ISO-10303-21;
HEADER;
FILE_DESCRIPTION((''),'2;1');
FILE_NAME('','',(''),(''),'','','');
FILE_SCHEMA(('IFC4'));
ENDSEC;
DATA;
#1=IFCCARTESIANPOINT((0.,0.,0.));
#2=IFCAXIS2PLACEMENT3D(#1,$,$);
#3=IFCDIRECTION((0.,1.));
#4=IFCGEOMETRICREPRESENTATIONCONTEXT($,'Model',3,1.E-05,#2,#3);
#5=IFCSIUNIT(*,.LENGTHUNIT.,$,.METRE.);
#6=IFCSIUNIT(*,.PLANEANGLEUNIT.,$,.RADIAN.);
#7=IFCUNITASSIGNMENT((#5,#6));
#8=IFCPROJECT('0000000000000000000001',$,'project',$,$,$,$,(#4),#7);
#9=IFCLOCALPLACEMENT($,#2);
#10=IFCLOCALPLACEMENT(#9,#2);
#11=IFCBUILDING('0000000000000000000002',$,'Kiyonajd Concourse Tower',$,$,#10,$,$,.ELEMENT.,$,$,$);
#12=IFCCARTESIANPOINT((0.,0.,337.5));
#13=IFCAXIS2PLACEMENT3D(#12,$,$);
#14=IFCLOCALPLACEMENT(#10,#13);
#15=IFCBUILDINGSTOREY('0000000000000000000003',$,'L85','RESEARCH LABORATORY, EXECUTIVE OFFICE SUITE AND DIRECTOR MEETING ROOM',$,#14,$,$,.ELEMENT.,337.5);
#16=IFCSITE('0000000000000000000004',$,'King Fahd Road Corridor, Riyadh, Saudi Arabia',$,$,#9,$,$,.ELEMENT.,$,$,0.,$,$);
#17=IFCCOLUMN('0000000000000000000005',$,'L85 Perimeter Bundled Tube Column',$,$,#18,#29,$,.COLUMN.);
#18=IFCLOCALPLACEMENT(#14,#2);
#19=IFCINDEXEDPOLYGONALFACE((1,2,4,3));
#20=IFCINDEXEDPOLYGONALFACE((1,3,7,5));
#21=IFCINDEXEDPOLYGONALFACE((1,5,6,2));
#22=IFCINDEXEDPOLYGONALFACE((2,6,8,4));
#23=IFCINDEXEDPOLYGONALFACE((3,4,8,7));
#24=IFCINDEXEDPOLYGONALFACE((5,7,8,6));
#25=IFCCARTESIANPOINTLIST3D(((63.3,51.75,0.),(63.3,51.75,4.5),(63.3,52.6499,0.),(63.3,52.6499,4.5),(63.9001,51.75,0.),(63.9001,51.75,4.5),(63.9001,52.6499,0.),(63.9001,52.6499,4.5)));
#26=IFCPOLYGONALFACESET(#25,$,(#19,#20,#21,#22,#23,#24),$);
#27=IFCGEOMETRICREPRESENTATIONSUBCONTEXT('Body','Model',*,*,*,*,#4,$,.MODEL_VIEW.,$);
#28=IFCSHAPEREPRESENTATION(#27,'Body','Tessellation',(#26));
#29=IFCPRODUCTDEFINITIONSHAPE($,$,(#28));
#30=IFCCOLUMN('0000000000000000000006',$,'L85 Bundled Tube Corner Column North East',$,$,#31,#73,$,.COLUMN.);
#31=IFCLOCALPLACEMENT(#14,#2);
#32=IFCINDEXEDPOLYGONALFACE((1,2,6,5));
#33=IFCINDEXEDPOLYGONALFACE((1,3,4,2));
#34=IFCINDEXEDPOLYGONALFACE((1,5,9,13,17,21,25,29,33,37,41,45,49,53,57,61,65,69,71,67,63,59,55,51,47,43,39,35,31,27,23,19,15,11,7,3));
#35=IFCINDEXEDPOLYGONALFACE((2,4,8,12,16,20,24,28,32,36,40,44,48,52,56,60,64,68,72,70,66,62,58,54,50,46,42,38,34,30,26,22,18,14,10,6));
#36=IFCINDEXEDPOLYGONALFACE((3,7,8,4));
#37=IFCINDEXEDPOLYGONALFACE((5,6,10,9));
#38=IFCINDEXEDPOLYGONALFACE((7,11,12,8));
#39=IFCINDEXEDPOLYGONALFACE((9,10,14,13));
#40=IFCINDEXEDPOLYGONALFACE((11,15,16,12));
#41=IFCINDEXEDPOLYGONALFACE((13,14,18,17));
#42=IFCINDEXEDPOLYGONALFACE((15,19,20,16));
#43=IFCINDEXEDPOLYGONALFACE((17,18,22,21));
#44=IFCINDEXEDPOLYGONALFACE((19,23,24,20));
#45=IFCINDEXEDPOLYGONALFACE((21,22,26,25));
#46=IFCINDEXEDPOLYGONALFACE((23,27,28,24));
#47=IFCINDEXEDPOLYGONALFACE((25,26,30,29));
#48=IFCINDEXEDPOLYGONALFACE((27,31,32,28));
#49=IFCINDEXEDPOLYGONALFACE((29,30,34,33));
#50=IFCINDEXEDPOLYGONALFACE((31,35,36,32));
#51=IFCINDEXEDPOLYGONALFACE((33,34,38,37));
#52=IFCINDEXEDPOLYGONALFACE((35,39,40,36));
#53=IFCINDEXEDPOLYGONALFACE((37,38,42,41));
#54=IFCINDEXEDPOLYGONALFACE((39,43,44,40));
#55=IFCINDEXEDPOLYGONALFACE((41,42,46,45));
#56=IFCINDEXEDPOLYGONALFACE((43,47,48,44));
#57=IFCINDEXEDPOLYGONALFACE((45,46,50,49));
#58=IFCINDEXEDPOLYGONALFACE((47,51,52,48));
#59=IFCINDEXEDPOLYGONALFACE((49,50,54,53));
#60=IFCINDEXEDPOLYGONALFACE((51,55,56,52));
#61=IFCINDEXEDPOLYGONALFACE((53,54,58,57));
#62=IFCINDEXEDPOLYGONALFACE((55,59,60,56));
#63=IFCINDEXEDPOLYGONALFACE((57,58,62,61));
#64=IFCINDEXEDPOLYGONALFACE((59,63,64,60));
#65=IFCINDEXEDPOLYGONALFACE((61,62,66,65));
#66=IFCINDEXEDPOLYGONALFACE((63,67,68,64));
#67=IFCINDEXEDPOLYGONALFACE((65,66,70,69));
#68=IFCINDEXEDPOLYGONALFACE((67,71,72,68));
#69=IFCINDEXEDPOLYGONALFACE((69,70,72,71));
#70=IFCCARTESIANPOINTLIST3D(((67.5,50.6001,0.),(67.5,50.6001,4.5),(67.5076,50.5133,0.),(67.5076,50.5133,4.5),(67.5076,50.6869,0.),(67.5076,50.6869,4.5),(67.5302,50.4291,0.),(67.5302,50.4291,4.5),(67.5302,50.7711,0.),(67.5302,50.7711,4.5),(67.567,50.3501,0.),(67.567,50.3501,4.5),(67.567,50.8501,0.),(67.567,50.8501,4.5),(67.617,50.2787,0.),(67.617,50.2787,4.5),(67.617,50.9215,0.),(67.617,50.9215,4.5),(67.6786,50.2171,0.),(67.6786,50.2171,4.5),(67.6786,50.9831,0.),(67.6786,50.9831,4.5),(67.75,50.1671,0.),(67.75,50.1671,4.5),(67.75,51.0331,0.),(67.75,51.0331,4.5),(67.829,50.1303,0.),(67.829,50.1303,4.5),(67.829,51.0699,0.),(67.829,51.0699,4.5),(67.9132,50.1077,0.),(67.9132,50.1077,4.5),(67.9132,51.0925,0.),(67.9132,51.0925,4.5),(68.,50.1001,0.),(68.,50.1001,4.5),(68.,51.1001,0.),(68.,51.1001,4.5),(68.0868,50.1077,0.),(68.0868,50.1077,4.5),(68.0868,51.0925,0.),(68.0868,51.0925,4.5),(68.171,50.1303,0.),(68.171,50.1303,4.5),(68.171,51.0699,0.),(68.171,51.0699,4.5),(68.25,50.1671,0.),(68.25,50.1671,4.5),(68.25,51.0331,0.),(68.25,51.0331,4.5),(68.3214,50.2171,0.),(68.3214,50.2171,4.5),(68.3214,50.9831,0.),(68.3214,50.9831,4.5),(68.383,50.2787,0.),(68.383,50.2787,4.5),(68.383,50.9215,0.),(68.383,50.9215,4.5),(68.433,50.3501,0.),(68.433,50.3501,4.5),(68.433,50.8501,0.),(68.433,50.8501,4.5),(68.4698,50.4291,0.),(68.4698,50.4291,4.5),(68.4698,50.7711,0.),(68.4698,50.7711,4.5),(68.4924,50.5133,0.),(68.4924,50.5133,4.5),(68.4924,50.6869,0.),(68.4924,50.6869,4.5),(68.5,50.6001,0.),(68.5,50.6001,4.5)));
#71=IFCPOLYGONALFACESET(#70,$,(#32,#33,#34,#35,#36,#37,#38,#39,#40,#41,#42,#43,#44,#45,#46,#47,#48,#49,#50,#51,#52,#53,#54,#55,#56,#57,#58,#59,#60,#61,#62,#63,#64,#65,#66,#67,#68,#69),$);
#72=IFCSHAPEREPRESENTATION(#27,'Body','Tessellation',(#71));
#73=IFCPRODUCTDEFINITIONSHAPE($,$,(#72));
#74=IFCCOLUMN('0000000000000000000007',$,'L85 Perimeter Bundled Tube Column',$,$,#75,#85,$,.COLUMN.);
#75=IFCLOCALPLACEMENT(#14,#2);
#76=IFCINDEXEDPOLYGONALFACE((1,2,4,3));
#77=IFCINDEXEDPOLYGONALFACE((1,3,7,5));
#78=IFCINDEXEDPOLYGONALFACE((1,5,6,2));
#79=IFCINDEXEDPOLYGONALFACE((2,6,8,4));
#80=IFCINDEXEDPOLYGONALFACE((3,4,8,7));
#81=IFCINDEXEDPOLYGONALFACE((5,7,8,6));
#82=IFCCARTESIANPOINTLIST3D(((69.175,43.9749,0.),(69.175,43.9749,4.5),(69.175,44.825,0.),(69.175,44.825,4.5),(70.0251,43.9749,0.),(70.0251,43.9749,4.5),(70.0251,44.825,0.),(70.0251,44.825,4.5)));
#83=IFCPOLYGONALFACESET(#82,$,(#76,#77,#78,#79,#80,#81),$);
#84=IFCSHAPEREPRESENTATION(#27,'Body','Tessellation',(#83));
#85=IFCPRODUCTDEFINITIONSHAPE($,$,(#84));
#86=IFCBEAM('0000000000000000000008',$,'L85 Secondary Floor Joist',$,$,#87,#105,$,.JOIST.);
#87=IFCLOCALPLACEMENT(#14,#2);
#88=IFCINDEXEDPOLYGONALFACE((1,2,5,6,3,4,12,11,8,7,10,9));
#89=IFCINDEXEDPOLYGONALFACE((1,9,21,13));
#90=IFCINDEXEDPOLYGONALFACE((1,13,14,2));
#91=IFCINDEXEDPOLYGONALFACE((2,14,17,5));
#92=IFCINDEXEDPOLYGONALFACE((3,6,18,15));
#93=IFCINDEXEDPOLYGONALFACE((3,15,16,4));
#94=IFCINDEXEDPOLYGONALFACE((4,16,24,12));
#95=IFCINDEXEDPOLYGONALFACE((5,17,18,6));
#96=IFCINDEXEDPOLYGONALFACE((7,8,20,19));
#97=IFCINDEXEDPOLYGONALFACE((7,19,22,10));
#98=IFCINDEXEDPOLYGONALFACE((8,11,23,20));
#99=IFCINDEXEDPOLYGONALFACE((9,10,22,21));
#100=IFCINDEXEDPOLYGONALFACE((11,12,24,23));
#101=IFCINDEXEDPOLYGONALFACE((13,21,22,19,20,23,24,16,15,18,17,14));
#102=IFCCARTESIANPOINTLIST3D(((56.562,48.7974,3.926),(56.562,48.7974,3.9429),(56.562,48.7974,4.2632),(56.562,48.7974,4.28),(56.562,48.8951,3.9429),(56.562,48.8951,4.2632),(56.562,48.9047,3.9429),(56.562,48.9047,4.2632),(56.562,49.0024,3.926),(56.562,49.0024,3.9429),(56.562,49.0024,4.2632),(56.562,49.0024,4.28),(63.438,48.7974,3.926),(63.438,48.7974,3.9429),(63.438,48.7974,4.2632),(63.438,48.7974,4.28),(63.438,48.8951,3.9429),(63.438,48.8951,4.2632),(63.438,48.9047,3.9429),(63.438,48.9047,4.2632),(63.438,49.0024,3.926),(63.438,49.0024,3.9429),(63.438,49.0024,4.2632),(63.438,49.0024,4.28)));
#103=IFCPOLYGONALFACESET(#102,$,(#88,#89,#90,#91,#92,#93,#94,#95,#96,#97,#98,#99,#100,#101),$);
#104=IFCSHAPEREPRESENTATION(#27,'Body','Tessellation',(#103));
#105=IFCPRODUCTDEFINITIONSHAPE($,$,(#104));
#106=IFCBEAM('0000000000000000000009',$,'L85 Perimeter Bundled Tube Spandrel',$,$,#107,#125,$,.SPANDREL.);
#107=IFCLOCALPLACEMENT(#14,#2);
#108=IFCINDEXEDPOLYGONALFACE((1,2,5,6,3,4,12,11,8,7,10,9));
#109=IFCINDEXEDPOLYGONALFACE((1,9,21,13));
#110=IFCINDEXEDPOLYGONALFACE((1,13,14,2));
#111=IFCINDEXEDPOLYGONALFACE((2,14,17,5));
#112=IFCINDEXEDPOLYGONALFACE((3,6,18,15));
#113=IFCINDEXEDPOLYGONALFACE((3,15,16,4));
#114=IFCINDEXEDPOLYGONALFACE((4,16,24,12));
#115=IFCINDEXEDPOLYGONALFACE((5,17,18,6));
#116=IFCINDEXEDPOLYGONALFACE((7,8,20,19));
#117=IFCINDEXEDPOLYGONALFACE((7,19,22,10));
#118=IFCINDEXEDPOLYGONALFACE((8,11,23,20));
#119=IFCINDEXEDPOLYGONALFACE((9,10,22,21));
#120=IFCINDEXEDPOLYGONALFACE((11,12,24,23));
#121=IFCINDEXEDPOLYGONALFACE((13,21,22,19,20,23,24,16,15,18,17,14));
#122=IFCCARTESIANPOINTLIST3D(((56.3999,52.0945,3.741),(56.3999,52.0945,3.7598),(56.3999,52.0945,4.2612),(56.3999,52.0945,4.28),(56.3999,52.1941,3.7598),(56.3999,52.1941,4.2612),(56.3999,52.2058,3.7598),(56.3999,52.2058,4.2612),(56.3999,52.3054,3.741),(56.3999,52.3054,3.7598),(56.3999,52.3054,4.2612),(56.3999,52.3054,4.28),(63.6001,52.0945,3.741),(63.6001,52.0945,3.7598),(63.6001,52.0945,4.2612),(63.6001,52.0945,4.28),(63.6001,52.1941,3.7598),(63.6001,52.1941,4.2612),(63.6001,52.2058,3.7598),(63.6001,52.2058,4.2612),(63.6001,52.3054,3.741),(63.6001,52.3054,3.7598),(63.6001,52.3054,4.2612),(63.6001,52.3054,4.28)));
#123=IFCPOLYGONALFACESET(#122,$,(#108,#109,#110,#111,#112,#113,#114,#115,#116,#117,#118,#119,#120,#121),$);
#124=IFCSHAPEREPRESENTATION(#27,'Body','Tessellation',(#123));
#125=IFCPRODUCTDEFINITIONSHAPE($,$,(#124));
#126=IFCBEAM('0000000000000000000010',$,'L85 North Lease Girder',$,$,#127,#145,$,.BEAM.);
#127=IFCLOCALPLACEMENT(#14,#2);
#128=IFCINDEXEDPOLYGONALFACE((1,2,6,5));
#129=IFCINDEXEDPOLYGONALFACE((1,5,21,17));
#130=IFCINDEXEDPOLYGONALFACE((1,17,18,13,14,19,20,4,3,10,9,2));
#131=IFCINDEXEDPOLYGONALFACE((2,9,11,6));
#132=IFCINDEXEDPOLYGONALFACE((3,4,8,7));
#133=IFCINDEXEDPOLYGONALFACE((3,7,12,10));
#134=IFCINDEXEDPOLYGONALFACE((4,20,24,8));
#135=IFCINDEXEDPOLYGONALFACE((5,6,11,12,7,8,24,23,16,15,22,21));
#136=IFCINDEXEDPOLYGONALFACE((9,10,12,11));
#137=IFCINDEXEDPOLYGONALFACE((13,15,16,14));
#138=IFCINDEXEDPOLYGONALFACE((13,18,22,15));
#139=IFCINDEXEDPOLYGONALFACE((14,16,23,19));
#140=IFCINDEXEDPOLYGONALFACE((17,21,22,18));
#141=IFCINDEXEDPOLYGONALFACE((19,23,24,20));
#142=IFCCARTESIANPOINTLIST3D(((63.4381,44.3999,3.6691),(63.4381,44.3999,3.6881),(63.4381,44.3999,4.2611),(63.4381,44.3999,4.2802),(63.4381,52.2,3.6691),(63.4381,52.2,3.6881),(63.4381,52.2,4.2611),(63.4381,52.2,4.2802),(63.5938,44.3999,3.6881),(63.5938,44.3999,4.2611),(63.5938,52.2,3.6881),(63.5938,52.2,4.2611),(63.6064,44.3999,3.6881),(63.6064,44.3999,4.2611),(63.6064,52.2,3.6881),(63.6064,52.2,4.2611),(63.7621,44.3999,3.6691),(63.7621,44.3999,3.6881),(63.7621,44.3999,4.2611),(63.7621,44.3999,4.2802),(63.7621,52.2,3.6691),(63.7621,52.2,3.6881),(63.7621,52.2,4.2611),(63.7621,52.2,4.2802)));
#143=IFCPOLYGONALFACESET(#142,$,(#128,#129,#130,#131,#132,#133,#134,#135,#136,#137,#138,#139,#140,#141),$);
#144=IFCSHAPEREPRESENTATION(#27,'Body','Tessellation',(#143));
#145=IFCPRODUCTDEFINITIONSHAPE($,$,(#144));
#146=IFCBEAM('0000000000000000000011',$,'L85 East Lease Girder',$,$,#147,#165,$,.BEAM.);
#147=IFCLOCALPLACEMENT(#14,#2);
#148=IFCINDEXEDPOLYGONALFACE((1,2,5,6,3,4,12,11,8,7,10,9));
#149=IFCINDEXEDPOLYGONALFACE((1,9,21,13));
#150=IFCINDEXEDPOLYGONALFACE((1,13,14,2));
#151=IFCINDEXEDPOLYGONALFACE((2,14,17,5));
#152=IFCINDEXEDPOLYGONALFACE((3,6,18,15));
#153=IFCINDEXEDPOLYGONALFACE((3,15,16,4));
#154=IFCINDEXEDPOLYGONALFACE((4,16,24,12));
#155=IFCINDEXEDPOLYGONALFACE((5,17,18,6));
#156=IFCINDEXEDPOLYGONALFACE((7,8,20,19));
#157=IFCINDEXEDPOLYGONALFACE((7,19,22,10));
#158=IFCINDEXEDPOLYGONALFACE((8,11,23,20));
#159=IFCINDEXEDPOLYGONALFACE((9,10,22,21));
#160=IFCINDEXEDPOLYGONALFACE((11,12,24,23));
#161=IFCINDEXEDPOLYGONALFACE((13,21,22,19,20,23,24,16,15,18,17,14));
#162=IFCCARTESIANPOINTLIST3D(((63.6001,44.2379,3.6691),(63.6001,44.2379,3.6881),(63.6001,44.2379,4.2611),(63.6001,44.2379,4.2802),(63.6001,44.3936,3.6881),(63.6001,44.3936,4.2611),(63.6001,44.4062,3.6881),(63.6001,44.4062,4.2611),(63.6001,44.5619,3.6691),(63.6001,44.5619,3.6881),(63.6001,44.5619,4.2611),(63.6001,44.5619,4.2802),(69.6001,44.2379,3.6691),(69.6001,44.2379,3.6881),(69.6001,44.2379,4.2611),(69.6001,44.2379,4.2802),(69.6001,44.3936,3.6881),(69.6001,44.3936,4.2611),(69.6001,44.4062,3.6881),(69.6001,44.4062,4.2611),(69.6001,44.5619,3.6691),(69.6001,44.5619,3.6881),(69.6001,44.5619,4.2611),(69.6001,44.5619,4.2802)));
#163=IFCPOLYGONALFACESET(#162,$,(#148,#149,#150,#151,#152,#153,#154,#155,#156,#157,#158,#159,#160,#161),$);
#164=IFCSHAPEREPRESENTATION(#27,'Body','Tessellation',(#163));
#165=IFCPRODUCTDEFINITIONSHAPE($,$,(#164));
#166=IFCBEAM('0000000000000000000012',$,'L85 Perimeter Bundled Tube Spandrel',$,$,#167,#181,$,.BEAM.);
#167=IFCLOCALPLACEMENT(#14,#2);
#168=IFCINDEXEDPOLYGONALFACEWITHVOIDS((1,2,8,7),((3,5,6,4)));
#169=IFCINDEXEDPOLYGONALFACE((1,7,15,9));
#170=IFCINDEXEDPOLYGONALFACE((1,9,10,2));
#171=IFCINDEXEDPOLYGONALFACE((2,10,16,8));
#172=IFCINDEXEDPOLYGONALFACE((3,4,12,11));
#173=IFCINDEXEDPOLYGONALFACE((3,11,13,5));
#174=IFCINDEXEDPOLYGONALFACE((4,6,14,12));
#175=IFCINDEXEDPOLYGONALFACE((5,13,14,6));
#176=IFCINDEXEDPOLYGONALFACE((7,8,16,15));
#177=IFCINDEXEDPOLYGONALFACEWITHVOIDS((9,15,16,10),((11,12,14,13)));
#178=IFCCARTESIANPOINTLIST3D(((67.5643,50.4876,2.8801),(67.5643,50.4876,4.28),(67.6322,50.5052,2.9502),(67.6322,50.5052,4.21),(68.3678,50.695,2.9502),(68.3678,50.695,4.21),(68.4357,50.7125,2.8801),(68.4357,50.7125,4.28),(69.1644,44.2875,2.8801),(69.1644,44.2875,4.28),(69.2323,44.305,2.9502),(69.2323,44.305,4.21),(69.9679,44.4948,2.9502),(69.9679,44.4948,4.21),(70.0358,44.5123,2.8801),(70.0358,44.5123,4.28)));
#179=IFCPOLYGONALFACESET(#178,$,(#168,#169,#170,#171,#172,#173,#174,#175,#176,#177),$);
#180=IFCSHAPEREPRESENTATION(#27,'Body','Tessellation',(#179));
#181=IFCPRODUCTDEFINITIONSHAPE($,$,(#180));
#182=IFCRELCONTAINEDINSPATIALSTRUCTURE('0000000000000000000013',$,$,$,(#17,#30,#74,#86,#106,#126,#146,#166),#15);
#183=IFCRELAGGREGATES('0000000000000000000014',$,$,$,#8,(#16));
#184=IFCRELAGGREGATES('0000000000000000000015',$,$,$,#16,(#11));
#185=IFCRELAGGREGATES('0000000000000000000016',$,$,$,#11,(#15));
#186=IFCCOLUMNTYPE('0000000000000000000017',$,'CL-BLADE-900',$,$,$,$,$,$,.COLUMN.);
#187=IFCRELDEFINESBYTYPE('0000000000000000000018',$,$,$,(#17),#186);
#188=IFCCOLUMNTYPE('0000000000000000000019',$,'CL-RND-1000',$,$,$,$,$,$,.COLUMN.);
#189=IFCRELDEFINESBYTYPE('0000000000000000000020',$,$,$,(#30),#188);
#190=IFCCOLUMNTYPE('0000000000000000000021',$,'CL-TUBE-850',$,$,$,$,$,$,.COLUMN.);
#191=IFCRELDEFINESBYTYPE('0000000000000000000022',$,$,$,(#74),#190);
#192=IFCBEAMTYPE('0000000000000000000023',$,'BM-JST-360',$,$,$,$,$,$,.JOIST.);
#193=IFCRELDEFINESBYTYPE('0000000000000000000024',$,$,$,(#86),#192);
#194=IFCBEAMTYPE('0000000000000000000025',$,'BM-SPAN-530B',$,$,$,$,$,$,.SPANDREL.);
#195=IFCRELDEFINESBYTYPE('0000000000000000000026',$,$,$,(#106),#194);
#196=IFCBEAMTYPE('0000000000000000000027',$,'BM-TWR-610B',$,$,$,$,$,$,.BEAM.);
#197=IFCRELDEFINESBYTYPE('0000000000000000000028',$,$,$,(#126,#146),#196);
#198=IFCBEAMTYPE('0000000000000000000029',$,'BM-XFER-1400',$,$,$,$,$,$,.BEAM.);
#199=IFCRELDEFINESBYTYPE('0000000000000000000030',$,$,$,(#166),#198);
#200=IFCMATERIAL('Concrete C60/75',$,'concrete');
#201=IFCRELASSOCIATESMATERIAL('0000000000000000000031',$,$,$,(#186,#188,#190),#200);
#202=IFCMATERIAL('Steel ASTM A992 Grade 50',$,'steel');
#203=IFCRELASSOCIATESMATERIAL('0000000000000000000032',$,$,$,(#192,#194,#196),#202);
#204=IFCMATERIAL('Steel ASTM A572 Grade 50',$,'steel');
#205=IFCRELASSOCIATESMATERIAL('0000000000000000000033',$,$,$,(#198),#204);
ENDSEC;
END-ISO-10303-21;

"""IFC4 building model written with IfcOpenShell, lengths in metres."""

from ifc_helpers import new_model, si_unit, direction, frame, origin, origin_2d, place, context, subcontext, project, spatial, rectangle, hollow_rectangle, circle, i_section, extrude, material, material_profile, profile_set, type_object, element, save


model = new_model("IFC4")

# Units and contexts
model_context = context("Model", 3, precision=1e-05, world=origin(), true_north=direction((0.0, 1.0)))
body_context = subcontext(model_context, "Body", "Model", "MODEL_VIEW")
ifc_project = project(units=[si_unit("LENGTHUNIT", "METRE"), si_unit("PLANEANGLEUNIT", "RADIAN")], contexts=[model_context])

# Site, building, storey
site_placement = place(None, origin())
site = spatial("IfcSite", under=ifc_project, at=site_placement, Name="King Fahd Road Corridor, Riyadh, Saudi Arabia", CompositionType="ELEMENT", RefElevation=0.0)
building_placement = place(site_placement, origin())
building = spatial("IfcBuilding", under=site, at=building_placement, Name="Kiyonajd Concourse Tower", CompositionType="ELEMENT")
storey_placement = place(building_placement, frame((0.0, 0.0, 337.5)))
storey = spatial("IfcBuildingStorey", under=building, at=storey_placement, Name="L85", Description="RESEARCH LABORATORY, EXECUTIVE OFFICE SUITE AND DIRECTOR MEETING ROOM", CompositionType="ELEMENT", Elevation=337.5)

# Columns
ifc_material_1 = material(Name="Concrete C60/75", Category="concrete")
ifc_material_profile_1 = material_profile(ifc_material_1, rectangle(XDim=0.6001, YDim=0.8999, at=origin_2d()), Name="RC-900x600")
ifc_profile_set_1 = profile_set([ifc_material_profile_1], Name="Concrete C60/75")
column_type_1 = type_object("IfcColumnType", Name="CL-BLADE-900", PredefinedType="COLUMN", material=ifc_profile_set_1)
column_1_placement = place(storey_placement, frame((63.6001, 52.2, 0.0), z_axis=(0.0, 0.0, 1.0), x_axis=(1.0, 0.0, 0.0)))
element("IfcColumn", 1, at=column_1_placement, inside=storey, type_object=column_type_1, Name="L85 Perimeter Bundled Tube Column", PredefinedType="COLUMN", context=body_context, shape_type="SweptSolid", body=[
    extrude(rectangle(XDim=0.6001, YDim=0.8999, at=origin_2d()), origin(), (0.0, 0.0, 1.0), 4.5),
])
ifc_material_profile_2 = material_profile(ifc_material_1, circle(Radius=0.5, at=origin_2d()), Name="RCC-D1000")
ifc_profile_set_2 = profile_set([ifc_material_profile_2], Name="Concrete C60/75")
column_type_2 = type_object("IfcColumnType", Name="CL-RND-1000", PredefinedType="COLUMN", material=ifc_profile_set_2)
column_2_placement = place(storey_placement, frame((68.0, 50.6001, 0.0), z_axis=(0.0, 0.0, 1.0), x_axis=(1.0, 0.0, 0.0)))
element("IfcColumn", 2, at=column_2_placement, inside=storey, type_object=column_type_2, Name="L85 Bundled Tube Corner Column North East", PredefinedType="COLUMN", context=body_context, shape_type="SweptSolid", body=[
    extrude(circle(Radius=0.5, at=origin_2d()), origin(), (0.0, 0.0, 1.0), 4.5),
])
ifc_material_profile_3 = material_profile(ifc_material_1, rectangle(XDim=0.8501, YDim=0.8501, at=origin_2d()), Name="RC-850x850")
ifc_profile_set_3 = profile_set([ifc_material_profile_3], Name="Concrete C60/75")
column_type_3 = type_object("IfcColumnType", Name="CL-TUBE-850", PredefinedType="COLUMN", material=ifc_profile_set_3)
column_3_placement = place(storey_placement, frame((69.6001, 44.3999, 0.0), z_axis=(0.0, 0.0, 1.0), x_axis=(1.0, 0.0, 0.0)))
element("IfcColumn", 3, at=column_3_placement, inside=storey, type_object=column_type_3, Name="L85 Perimeter Bundled Tube Column", PredefinedType="COLUMN", context=body_context, shape_type="SweptSolid", body=[
    extrude(rectangle(XDim=0.8501, YDim=0.8501, at=origin_2d()), origin(), (0.0, 0.0, 1.0), 4.5),
])

# Beams
ifc_material_2 = material(Name="Steel ASTM A992 Grade 50", Category="steel")
ifc_material_profile_4 = material_profile(ifc_material_2, i_section(OverallWidth=0.2051, OverallDepth=0.354, WebThickness=0.0095, FlangeThickness=0.0168, at=origin_2d()), Name="W360X79")
ifc_profile_set_4 = profile_set([ifc_material_profile_4], Name="Steel ASTM A992 Grade 50")
beam_type_1 = type_object("IfcBeamType", Name="BM-JST-360", PredefinedType="JOIST", material=ifc_profile_set_4)
beam_1_placement = place(storey_placement, frame((56.562, 48.8999, 4.103), z_axis=(1.0, 0.0, 0.0), x_axis=(0.0, 1.0, 0.0)))
element("IfcBeam", 4, at=beam_1_placement, inside=storey, type_object=beam_type_1, Name="L85 Secondary Floor Joist", PredefinedType="JOIST", context=body_context, shape_type="SweptSolid", body=[
    extrude(i_section(OverallWidth=0.2051, OverallDepth=0.354, WebThickness=0.0095, FlangeThickness=0.0168, at=origin_2d()), origin(), (0.0, 0.0, 1.0), 6.876),
])
ifc_material_profile_5 = material_profile(ifc_material_2, i_section(OverallWidth=0.2109, OverallDepth=0.5391, WebThickness=0.0117, FlangeThickness=0.0188, at=origin_2d()), Name="W530X109")
ifc_profile_set_5 = profile_set([ifc_material_profile_5], Name="Steel ASTM A992 Grade 50")
beam_type_2 = type_object("IfcBeamType", Name="BM-SPAN-530B", PredefinedType="SPANDREL", material=ifc_profile_set_5)
beam_2_placement = place(storey_placement, frame((63.6001, 52.2, 4.0105), z_axis=(-1.0, 0.0, 0.0), x_axis=(0.0, -1.0, 0.0)))
element("IfcBeam", 5, at=beam_2_placement, inside=storey, type_object=beam_type_2, Name="L85 Perimeter Bundled Tube Spandrel", PredefinedType="SPANDREL", context=body_context, shape_type="SweptSolid", body=[
    extrude(i_section(OverallWidth=0.2109, OverallDepth=0.5391, WebThickness=0.0117, FlangeThickness=0.0188, at=origin_2d()), origin(), (0.0, 0.0, 1.0), 7.2002),
])
ifc_material_profile_6 = material_profile(ifc_material_2, i_section(OverallWidth=0.324, OverallDepth=0.6111, WebThickness=0.0127, FlangeThickness=0.019, at=origin_2d()), Name="W610X155")
ifc_profile_set_6 = profile_set([ifc_material_profile_6], Name="Steel ASTM A992 Grade 50")
beam_type_3 = type_object("IfcBeamType", Name="BM-TWR-610B", PredefinedType="BEAM", material=ifc_profile_set_6)
beam_3_placement = place(storey_placement, frame((63.6001, 44.3999, 3.9746), z_axis=(0.0, 1.0, 0.0), x_axis=(-1.0, 0.0, 0.0)))
element("IfcBeam", 6, at=beam_3_placement, inside=storey, type_object=beam_type_3, Name="L85 North Lease Girder", PredefinedType="BEAM", context=body_context, shape_type="SweptSolid", body=[
    extrude(i_section(OverallWidth=0.324, OverallDepth=0.6111, WebThickness=0.0127, FlangeThickness=0.019, at=origin_2d()), origin(), (0.0, 0.0, 1.0), 7.8),
])
beam_4_placement = place(storey_placement, frame((63.6001, 44.3999, 3.9746), z_axis=(1.0, 0.0, 0.0), x_axis=(0.0, 1.0, 0.0)))
element("IfcBeam", 7, at=beam_4_placement, inside=storey, type_object=beam_type_3, Name="L85 East Lease Girder", PredefinedType="BEAM", context=body_context, shape_type="SweptSolid", body=[
    extrude(i_section(OverallWidth=0.324, OverallDepth=0.6111, WebThickness=0.0127, FlangeThickness=0.019, at=origin_2d()), origin(), (0.0, 0.0, 1.0), 6.0),
])
ifc_material_3 = material(Name="Steel ASTM A572 Grade 50", Category="steel")
ifc_material_profile_7 = material_profile(ifc_material_3, hollow_rectangle(XDim=0.8999, YDim=1.3999, WallThickness=0.0701, at=origin_2d()), Name="BOX-1400x900x70")
ifc_profile_set_7 = profile_set([ifc_material_profile_7], Name="Steel ASTM A572 Grade 50")
beam_type_4 = type_object("IfcBeamType", Name="BM-XFER-1400", PredefinedType="BEAM", material=ifc_profile_set_7)
beam_5_placement = place(storey_placement, frame((69.6001, 44.3999, 3.5801), z_axis=(-0.249885, 0.968276, 0.0), x_axis=(-0.968276, -0.249885, 0.0)))
element("IfcBeam", 8, at=beam_5_placement, inside=storey, type_object=beam_type_4, Name="L85 Perimeter Bundled Tube Spandrel", PredefinedType="BEAM", context=body_context, shape_type="SweptSolid", body=[
    extrude(hollow_rectangle(XDim=0.8999, YDim=1.3999, WallThickness=0.0701, at=origin_2d()), origin(), (0.0, 0.0, 1.0), 6.4033),
])

save(model, "model.ifc")
